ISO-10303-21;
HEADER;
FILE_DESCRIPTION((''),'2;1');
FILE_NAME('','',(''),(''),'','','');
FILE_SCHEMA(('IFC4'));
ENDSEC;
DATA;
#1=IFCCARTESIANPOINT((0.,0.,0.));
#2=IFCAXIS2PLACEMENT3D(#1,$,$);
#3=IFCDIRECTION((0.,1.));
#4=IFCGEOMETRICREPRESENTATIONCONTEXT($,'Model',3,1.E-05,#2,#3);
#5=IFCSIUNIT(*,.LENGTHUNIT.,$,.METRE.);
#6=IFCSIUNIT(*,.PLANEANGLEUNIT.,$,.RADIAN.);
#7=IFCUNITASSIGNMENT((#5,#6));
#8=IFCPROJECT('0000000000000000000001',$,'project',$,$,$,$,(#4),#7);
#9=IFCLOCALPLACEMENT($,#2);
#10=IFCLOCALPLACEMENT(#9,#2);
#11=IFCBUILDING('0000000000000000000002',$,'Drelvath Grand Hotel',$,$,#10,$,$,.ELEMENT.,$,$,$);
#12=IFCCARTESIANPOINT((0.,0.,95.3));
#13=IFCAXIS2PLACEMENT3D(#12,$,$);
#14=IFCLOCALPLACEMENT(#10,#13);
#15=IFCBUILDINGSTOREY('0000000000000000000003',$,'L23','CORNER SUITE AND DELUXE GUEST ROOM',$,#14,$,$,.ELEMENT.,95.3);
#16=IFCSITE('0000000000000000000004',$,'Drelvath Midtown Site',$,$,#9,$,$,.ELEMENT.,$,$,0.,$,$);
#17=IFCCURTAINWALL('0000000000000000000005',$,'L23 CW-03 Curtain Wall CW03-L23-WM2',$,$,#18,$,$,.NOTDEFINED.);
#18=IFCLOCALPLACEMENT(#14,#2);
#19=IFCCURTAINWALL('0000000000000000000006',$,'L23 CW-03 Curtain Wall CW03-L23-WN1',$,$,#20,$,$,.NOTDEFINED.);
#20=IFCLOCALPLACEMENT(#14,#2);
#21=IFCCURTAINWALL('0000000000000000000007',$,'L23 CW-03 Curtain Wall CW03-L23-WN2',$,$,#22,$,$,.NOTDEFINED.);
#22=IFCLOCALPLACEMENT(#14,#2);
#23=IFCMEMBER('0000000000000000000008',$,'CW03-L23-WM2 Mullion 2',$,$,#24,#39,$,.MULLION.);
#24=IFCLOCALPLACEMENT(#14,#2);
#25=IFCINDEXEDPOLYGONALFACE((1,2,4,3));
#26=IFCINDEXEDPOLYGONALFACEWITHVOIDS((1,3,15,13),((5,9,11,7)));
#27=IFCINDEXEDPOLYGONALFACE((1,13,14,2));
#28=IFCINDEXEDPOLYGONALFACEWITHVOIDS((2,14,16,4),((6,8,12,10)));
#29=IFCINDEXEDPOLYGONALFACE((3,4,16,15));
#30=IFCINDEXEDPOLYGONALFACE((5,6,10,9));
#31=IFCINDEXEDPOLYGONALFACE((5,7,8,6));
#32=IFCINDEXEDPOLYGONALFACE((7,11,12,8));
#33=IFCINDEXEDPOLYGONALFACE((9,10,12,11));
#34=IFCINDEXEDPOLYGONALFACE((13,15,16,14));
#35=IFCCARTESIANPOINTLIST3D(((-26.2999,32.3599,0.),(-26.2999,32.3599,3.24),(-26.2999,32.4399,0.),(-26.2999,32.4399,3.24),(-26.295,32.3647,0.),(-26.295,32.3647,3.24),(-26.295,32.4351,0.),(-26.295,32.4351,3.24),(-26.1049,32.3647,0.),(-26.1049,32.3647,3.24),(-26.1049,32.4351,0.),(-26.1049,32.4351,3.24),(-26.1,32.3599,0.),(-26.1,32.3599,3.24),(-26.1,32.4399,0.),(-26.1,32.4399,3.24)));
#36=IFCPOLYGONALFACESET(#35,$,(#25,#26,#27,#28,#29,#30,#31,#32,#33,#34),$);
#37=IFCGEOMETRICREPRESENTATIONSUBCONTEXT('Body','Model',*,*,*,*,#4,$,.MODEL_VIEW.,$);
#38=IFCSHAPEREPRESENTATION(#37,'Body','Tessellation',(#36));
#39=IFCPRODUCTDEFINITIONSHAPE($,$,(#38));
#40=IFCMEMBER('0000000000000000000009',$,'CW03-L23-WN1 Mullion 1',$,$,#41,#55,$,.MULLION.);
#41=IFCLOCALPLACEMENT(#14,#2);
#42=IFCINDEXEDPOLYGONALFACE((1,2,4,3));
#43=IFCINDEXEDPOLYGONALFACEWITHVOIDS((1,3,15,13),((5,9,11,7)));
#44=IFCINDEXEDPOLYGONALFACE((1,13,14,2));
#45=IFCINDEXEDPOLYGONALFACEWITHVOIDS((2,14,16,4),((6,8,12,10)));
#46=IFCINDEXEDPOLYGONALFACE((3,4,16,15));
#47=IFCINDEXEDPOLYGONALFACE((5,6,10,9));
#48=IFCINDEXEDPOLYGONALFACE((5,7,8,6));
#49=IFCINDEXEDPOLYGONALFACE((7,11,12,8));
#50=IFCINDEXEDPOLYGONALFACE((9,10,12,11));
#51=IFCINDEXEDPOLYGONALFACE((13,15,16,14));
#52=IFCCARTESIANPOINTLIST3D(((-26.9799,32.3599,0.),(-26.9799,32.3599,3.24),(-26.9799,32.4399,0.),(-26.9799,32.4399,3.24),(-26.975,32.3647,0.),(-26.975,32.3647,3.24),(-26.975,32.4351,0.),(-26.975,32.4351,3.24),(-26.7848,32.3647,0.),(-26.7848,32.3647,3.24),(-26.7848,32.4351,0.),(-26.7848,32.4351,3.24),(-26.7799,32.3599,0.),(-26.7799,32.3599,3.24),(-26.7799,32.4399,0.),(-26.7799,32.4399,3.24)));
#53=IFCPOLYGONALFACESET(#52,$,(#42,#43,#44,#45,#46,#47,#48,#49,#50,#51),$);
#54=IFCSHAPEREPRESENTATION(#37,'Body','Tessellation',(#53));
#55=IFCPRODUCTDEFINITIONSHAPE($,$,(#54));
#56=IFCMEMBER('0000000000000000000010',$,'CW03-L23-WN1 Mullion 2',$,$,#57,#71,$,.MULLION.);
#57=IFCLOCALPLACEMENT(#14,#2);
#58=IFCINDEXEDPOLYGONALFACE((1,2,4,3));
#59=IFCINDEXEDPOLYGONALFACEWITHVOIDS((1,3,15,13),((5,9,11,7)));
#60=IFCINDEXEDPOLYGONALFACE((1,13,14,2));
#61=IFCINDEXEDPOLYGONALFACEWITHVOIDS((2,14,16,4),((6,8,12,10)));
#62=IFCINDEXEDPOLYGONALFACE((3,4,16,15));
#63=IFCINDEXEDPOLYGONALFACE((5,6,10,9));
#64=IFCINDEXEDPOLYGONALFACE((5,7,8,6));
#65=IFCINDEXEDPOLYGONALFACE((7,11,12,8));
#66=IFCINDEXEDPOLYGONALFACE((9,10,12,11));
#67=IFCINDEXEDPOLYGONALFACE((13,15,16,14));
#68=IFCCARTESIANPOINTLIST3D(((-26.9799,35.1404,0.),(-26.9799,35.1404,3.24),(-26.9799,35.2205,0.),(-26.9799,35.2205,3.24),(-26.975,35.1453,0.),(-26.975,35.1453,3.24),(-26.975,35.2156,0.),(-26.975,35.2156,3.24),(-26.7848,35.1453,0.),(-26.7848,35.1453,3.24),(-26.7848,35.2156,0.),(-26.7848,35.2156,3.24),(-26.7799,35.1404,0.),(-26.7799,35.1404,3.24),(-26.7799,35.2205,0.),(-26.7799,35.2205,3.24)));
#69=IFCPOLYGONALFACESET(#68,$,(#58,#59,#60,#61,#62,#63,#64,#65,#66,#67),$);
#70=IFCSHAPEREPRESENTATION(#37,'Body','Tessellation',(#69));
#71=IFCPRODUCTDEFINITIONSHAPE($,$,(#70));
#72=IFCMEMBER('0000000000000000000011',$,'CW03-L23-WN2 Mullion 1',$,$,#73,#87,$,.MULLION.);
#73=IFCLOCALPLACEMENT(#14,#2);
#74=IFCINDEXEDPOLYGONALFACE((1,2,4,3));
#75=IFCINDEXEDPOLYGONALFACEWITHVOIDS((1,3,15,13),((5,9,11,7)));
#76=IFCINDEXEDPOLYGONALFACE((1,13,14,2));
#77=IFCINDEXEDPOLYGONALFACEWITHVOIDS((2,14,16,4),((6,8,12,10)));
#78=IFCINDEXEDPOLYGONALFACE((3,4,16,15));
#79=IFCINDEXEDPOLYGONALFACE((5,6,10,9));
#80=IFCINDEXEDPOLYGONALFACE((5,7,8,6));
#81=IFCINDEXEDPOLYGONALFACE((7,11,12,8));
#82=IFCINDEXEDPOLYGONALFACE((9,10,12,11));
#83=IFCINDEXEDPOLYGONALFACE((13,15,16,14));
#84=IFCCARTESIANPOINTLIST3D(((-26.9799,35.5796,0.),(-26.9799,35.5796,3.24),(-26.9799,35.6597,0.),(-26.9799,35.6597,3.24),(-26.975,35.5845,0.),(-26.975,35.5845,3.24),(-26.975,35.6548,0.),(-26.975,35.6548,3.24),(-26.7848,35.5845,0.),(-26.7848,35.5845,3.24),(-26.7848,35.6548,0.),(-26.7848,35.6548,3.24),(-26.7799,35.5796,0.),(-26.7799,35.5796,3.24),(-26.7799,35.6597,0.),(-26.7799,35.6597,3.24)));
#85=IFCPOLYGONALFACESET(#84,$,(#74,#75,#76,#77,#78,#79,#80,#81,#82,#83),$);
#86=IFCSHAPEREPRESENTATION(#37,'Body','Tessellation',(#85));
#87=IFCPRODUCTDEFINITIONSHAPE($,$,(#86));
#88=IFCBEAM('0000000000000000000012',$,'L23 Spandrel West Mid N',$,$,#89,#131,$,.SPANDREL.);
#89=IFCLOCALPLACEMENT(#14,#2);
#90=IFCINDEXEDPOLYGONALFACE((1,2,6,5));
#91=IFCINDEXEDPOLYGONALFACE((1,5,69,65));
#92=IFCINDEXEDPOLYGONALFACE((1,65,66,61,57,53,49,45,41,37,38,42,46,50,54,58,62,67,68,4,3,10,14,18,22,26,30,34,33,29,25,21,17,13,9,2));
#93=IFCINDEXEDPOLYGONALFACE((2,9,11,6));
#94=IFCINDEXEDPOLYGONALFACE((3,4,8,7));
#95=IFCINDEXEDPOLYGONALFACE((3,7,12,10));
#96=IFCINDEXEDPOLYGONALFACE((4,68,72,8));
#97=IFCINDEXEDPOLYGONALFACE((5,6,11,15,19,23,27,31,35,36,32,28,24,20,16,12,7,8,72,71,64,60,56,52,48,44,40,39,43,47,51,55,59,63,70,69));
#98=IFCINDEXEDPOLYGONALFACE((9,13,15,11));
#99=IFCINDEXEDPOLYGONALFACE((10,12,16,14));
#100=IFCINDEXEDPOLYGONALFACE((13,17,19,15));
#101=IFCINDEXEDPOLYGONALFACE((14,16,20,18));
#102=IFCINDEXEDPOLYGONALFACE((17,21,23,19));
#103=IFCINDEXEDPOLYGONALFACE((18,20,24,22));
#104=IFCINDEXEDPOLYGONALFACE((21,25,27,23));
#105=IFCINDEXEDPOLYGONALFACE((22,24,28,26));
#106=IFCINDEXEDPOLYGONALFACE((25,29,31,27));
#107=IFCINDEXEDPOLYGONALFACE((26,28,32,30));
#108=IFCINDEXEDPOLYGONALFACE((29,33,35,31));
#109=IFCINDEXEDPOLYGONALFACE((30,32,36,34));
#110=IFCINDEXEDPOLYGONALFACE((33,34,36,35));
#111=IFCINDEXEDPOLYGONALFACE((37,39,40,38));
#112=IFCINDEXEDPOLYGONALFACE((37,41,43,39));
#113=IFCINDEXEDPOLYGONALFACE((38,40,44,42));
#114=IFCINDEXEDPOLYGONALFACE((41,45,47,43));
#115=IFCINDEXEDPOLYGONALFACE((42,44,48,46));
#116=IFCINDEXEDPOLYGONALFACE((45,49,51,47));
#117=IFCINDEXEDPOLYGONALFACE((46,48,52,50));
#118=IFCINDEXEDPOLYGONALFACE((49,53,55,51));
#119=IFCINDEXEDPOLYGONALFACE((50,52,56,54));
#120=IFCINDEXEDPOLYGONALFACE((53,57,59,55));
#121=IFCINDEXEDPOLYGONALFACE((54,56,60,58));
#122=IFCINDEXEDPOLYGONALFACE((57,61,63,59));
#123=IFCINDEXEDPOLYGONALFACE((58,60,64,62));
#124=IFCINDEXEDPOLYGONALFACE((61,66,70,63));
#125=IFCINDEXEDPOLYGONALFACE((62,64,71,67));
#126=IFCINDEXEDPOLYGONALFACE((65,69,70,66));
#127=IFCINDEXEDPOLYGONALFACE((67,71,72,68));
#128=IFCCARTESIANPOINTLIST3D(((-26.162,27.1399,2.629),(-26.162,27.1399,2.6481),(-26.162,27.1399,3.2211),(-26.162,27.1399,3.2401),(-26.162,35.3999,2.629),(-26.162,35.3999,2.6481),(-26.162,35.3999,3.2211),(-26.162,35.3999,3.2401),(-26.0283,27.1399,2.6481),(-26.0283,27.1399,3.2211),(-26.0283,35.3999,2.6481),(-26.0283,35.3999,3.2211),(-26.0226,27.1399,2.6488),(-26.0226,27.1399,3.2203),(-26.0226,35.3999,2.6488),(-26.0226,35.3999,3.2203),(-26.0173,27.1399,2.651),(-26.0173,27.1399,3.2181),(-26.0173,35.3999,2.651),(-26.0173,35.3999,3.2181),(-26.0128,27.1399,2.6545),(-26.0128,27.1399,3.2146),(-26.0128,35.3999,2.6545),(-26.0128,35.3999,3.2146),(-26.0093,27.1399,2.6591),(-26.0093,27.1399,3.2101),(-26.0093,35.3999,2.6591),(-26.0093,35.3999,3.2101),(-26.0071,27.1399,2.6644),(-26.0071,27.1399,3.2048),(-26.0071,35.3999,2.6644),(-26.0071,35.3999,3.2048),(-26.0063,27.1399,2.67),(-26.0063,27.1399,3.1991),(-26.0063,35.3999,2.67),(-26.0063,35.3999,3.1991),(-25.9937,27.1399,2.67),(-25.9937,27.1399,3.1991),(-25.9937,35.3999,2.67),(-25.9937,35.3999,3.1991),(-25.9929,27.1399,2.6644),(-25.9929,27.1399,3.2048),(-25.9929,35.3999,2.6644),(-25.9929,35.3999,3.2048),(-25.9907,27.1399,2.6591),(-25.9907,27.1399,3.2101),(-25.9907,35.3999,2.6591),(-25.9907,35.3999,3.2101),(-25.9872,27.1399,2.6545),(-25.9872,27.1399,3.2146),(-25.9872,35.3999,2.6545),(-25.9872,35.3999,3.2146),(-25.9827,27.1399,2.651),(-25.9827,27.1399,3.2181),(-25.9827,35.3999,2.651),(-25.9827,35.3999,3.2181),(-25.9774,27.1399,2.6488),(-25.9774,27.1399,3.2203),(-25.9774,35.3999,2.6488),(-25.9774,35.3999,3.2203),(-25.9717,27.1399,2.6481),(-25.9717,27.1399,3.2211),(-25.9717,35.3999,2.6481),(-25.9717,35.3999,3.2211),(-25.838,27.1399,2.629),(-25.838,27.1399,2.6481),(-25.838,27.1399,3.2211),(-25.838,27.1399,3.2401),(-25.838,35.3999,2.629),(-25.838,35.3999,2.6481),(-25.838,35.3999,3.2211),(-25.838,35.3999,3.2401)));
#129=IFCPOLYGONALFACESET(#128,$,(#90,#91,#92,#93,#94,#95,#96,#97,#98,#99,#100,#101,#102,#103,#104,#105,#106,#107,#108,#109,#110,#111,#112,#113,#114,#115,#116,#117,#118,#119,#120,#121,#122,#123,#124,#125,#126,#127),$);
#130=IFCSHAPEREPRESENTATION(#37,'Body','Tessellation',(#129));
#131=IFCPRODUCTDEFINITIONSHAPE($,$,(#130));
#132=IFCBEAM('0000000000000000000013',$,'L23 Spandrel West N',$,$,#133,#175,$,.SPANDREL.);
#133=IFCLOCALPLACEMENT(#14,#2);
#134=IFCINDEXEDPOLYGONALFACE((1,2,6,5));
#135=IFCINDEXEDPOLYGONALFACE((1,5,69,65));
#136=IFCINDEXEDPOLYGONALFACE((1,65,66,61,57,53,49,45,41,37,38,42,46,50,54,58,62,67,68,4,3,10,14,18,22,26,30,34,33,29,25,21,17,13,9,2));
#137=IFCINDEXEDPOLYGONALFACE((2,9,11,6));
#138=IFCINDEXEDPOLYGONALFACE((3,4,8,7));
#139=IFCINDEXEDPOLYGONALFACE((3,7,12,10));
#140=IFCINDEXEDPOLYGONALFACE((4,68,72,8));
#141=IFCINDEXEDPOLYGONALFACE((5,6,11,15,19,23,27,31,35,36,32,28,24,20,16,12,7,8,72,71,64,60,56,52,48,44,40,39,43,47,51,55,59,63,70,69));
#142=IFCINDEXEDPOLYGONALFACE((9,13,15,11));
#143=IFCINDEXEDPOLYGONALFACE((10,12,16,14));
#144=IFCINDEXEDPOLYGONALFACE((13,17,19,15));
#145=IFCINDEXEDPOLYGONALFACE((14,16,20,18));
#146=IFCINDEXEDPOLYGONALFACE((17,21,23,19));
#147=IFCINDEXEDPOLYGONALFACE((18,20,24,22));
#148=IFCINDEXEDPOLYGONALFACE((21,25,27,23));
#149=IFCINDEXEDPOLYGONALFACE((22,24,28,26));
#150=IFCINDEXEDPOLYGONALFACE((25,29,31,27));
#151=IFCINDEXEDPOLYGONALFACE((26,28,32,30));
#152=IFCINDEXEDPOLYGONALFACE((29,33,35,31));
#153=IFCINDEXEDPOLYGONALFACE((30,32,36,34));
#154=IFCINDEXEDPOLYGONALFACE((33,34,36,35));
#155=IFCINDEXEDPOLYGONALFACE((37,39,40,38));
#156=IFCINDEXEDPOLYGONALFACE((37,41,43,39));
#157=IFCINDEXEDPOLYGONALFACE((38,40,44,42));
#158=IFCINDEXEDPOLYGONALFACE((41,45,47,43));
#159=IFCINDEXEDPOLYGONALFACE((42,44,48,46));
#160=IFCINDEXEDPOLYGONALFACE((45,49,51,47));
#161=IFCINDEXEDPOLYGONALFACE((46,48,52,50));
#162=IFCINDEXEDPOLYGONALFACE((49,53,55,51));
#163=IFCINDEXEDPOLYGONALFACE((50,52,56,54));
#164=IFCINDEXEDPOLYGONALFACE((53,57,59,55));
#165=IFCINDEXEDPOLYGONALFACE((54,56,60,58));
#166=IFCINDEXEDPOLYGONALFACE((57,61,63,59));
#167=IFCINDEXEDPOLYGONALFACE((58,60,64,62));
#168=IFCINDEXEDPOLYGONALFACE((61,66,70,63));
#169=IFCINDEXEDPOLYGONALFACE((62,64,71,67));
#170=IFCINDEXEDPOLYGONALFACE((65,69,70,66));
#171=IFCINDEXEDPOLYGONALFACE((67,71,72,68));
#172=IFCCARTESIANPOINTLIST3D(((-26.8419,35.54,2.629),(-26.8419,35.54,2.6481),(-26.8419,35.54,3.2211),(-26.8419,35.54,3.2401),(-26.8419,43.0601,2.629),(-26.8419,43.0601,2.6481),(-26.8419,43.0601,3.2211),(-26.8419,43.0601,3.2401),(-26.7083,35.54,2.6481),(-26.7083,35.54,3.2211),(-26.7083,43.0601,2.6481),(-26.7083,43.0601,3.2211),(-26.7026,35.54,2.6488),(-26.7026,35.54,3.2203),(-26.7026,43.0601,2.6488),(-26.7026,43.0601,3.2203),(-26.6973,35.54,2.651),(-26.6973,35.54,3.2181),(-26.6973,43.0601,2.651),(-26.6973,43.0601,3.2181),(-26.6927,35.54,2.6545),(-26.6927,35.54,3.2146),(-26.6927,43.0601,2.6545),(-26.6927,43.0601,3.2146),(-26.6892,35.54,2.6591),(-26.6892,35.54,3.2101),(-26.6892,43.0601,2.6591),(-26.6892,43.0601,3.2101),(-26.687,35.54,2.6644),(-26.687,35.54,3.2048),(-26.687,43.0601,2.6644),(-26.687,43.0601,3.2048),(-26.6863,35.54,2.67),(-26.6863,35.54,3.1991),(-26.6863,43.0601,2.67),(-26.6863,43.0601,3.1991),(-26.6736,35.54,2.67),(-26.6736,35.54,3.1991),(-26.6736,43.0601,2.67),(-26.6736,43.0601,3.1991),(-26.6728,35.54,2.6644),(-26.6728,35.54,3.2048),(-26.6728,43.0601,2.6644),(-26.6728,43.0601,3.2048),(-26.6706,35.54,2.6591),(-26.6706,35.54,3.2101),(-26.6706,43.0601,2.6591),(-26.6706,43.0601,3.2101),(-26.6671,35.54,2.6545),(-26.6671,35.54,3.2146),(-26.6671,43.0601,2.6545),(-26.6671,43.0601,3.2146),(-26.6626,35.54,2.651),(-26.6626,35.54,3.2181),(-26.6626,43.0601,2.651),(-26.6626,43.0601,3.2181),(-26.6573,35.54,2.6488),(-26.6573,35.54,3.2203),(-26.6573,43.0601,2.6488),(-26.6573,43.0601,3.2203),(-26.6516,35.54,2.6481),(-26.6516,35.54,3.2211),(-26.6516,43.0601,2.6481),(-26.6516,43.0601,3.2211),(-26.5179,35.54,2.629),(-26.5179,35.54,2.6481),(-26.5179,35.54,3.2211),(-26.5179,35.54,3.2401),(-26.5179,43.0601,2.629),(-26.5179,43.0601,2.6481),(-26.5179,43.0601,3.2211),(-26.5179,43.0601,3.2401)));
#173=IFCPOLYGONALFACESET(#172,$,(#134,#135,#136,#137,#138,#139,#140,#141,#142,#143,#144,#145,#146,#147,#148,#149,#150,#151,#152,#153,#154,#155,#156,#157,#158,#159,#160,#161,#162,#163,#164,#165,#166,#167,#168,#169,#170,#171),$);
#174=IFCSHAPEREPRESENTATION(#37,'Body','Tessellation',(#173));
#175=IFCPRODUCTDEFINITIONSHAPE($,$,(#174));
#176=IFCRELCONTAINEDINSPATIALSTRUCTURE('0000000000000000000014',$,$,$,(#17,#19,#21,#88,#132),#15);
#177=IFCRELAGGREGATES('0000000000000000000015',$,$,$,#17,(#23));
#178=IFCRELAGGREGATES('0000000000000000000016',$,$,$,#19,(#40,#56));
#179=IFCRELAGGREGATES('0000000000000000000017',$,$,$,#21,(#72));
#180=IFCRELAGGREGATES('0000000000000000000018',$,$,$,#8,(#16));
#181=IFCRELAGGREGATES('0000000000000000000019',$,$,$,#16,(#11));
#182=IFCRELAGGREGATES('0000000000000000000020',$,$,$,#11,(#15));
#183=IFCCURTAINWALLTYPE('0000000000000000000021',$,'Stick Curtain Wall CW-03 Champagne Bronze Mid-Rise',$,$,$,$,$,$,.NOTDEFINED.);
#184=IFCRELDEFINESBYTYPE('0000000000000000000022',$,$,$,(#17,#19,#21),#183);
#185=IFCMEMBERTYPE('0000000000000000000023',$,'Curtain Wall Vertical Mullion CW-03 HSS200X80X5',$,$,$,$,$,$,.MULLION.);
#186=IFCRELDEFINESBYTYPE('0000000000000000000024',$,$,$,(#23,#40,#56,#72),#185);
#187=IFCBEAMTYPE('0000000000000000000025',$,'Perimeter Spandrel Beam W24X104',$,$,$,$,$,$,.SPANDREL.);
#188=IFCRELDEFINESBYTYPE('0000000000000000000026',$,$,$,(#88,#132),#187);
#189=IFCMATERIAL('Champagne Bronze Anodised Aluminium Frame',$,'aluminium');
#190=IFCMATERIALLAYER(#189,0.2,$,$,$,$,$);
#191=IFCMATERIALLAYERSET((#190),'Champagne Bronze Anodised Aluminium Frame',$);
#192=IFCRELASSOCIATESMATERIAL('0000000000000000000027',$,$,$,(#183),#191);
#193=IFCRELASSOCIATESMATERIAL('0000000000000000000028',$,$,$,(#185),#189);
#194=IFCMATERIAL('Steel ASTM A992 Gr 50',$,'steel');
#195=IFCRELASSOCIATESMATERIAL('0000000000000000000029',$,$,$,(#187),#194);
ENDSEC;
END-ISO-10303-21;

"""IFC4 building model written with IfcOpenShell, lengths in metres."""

from ifc_helpers import new_model, si_unit, direction, frame, origin, origin_2d, place, context, subcontext, project, spatial, hollow_rectangle, i_section, extrude, material, layer, layer_set, material_profile, profile_set, type_object, element, aggregate, save


model = new_model("IFC4")

# Units and contexts
model_context = context("Model", 3, precision=1e-05, world=origin(), true_north=direction((0.0, 1.0)))
body_context = subcontext(model_context, "Body", "Model", "MODEL_VIEW")
ifc_project = project(units=[si_unit("LENGTHUNIT", "METRE"), si_unit("PLANEANGLEUNIT", "RADIAN")], contexts=[model_context])

# Site, building, storey
site_placement = place(None, origin())
site = spatial("IfcSite", under=ifc_project, at=site_placement, Name="Drelvath Midtown Site", CompositionType="ELEMENT", RefElevation=0.0)
building_placement = place(site_placement, origin())
building = spatial("IfcBuilding", under=site, at=building_placement, Name="Drelvath Grand Hotel", CompositionType="ELEMENT")
storey_placement = place(building_placement, frame((0.0, 0.0, 95.3)))
storey = spatial("IfcBuildingStorey", under=building, at=storey_placement, Name="L23", Description="CORNER SUITE AND DELUXE GUEST ROOM", CompositionType="ELEMENT", Elevation=95.3)

# Curtain walls
ifc_material_1 = material(Name="Champagne Bronze Anodised Aluminium Frame", Category="aluminium")
ifc_layer_1 = layer(ifc_material_1, 0.2)
ifc_layer_set_1 = layer_set([ifc_layer_1], Name="Champagne Bronze Anodised Aluminium Frame")
curtain_wall_type = type_object("IfcCurtainWallType", Name="Stick Curtain Wall CW-03 Champagne Bronze Mid-Rise", PredefinedType="NOTDEFINED", material=ifc_layer_set_1)
curtain_wall_1_placement = place(storey_placement, origin())
curtain_wall_1 = element("IfcCurtainWall", 1, at=curtain_wall_1_placement, inside=storey, type_object=curtain_wall_type, Name="L23 CW-03 Curtain Wall CW03-L23-WM2", PredefinedType="NOTDEFINED")
curtain_wall_2_placement = place(storey_placement, origin())
curtain_wall_2 = element("IfcCurtainWall", 2, at=curtain_wall_2_placement, inside=storey, type_object=curtain_wall_type, Name="L23 CW-03 Curtain Wall CW03-L23-WN1", PredefinedType="NOTDEFINED")
curtain_wall_3_placement = place(storey_placement, origin())
curtain_wall_3 = element("IfcCurtainWall", 3, at=curtain_wall_3_placement, inside=storey, type_object=curtain_wall_type, Name="L23 CW-03 Curtain Wall CW03-L23-WN2", PredefinedType="NOTDEFINED")
ifc_material_profile_1 = material_profile(ifc_material_1, hollow_rectangle(XDim=0.0801, YDim=0.2, WallThickness=0.0049, at=origin_2d()), Name="HSS200X80X5")
ifc_profile_set_1 = profile_set([ifc_material_profile_1], Name="Champagne Bronze Anodised Aluminium Frame")
member_type_1 = type_object("IfcMemberType", Name="Curtain Wall Vertical Mullion CW-03 HSS200X80X5", PredefinedType="MULLION", material=ifc_profile_set_1)

# Members
member_1_placement = place(storey_placement, frame((-26.2, 32.3999, 0.0), z_axis=(0.0, 0.0, 1.0), x_axis=(0.0, 1.0, 0.0)))
member_1 = element("IfcMember", 4, at=member_1_placement, type_object=member_type_1, Name="CW03-L23-WM2 Mullion 2", PredefinedType="MULLION", context=body_context, shape_type="SweptSolid", body=[
    extrude(hollow_rectangle(XDim=0.0801, YDim=0.2, WallThickness=0.0049, at=origin_2d()), origin(), (0.0, 0.0, 1.0), 3.24),
])
member_2_placement = place(storey_placement, frame((-26.8799, 32.3999, 0.0), z_axis=(0.0, 0.0, 1.0), x_axis=(0.0, 1.0, 0.0)))
member_2 = element("IfcMember", 5, at=member_2_placement, type_object=member_type_1, Name="CW03-L23-WN1 Mullion 1", PredefinedType="MULLION", context=body_context, shape_type="SweptSolid", body=[
    extrude(hollow_rectangle(XDim=0.0801, YDim=0.2, WallThickness=0.0049, at=origin_2d()), origin(), (0.0, 0.0, 1.0), 3.24),
])
member_3_placement = place(storey_placement, frame((-26.8799, 35.1804, 0.0), z_axis=(0.0, 0.0, 1.0), x_axis=(0.0, 1.0, 0.0)))
member_3 = element("IfcMember", 6, at=member_3_placement, type_object=member_type_1, Name="CW03-L23-WN1 Mullion 2", PredefinedType="MULLION", context=body_context, shape_type="SweptSolid", body=[
    extrude(hollow_rectangle(XDim=0.0801, YDim=0.2, WallThickness=0.0049, at=origin_2d()), origin(), (0.0, 0.0, 1.0), 3.24),
])
member_4_placement = place(storey_placement, frame((-26.8799, 35.6196, 0.0), z_axis=(0.0, 0.0, 1.0), x_axis=(0.0, 1.0, 0.0)))
member_4 = element("IfcMember", 7, at=member_4_placement, type_object=member_type_1, Name="CW03-L23-WN2 Mullion 1", PredefinedType="MULLION", context=body_context, shape_type="SweptSolid", body=[
    extrude(hollow_rectangle(XDim=0.0801, YDim=0.2, WallThickness=0.0049, at=origin_2d()), origin(), (0.0, 0.0, 1.0), 3.24),
])

# Beams
ifc_material_2 = material(Name="Steel ASTM A992 Gr 50", Category="steel")
ifc_material_profile_2 = material_profile(ifc_material_2, i_section(OverallWidth=0.324, OverallDepth=0.6111, WebThickness=0.0127, FlangeThickness=0.019, FilletRadius=0.022, at=origin_2d()), Name="W24X104")
ifc_profile_set_2 = profile_set([ifc_material_profile_2], Name="Steel ASTM A992 Gr 50")
beam_type_1 = type_object("IfcBeamType", Name="Perimeter Spandrel Beam W24X104", PredefinedType="SPANDREL", material=ifc_profile_set_2)
beam_1_placement = place(storey_placement, frame((-26.0, 27.1399, 2.9346), z_axis=(0.0, 1.0, 0.0), x_axis=(-1.0, 0.0, 0.0)))
element("IfcBeam", 8, at=beam_1_placement, inside=storey, type_object=beam_type_1, Name="L23 Spandrel West Mid N", PredefinedType="SPANDREL", context=body_context, shape_type="SweptSolid", body=[
    extrude(i_section(OverallWidth=0.324, OverallDepth=0.6111, WebThickness=0.0127, FlangeThickness=0.019, FilletRadius=0.022, at=origin_2d()), origin(), (0.0, 0.0, 1.0), 8.26),
])
beam_2_placement = place(storey_placement, frame((-26.6799, 35.54, 2.9346), z_axis=(0.0, 1.0, 0.0), x_axis=(-1.0, 0.0, 0.0)))
element("IfcBeam", 9, at=beam_2_placement, inside=storey, type_object=beam_type_1, Name="L23 Spandrel West N", PredefinedType="SPANDREL", context=body_context, shape_type="SweptSolid", body=[
    extrude(i_section(OverallWidth=0.324, OverallDepth=0.6111, WebThickness=0.0127, FlangeThickness=0.019, FilletRadius=0.022, at=origin_2d()), origin(), (0.0, 0.0, 1.0), 7.52),
])

aggregate(curtain_wall_1, [member_1])
aggregate(curtain_wall_2, [member_2, member_3])
aggregate(curtain_wall_3, [member_4])

save(model, "model.ifc")
